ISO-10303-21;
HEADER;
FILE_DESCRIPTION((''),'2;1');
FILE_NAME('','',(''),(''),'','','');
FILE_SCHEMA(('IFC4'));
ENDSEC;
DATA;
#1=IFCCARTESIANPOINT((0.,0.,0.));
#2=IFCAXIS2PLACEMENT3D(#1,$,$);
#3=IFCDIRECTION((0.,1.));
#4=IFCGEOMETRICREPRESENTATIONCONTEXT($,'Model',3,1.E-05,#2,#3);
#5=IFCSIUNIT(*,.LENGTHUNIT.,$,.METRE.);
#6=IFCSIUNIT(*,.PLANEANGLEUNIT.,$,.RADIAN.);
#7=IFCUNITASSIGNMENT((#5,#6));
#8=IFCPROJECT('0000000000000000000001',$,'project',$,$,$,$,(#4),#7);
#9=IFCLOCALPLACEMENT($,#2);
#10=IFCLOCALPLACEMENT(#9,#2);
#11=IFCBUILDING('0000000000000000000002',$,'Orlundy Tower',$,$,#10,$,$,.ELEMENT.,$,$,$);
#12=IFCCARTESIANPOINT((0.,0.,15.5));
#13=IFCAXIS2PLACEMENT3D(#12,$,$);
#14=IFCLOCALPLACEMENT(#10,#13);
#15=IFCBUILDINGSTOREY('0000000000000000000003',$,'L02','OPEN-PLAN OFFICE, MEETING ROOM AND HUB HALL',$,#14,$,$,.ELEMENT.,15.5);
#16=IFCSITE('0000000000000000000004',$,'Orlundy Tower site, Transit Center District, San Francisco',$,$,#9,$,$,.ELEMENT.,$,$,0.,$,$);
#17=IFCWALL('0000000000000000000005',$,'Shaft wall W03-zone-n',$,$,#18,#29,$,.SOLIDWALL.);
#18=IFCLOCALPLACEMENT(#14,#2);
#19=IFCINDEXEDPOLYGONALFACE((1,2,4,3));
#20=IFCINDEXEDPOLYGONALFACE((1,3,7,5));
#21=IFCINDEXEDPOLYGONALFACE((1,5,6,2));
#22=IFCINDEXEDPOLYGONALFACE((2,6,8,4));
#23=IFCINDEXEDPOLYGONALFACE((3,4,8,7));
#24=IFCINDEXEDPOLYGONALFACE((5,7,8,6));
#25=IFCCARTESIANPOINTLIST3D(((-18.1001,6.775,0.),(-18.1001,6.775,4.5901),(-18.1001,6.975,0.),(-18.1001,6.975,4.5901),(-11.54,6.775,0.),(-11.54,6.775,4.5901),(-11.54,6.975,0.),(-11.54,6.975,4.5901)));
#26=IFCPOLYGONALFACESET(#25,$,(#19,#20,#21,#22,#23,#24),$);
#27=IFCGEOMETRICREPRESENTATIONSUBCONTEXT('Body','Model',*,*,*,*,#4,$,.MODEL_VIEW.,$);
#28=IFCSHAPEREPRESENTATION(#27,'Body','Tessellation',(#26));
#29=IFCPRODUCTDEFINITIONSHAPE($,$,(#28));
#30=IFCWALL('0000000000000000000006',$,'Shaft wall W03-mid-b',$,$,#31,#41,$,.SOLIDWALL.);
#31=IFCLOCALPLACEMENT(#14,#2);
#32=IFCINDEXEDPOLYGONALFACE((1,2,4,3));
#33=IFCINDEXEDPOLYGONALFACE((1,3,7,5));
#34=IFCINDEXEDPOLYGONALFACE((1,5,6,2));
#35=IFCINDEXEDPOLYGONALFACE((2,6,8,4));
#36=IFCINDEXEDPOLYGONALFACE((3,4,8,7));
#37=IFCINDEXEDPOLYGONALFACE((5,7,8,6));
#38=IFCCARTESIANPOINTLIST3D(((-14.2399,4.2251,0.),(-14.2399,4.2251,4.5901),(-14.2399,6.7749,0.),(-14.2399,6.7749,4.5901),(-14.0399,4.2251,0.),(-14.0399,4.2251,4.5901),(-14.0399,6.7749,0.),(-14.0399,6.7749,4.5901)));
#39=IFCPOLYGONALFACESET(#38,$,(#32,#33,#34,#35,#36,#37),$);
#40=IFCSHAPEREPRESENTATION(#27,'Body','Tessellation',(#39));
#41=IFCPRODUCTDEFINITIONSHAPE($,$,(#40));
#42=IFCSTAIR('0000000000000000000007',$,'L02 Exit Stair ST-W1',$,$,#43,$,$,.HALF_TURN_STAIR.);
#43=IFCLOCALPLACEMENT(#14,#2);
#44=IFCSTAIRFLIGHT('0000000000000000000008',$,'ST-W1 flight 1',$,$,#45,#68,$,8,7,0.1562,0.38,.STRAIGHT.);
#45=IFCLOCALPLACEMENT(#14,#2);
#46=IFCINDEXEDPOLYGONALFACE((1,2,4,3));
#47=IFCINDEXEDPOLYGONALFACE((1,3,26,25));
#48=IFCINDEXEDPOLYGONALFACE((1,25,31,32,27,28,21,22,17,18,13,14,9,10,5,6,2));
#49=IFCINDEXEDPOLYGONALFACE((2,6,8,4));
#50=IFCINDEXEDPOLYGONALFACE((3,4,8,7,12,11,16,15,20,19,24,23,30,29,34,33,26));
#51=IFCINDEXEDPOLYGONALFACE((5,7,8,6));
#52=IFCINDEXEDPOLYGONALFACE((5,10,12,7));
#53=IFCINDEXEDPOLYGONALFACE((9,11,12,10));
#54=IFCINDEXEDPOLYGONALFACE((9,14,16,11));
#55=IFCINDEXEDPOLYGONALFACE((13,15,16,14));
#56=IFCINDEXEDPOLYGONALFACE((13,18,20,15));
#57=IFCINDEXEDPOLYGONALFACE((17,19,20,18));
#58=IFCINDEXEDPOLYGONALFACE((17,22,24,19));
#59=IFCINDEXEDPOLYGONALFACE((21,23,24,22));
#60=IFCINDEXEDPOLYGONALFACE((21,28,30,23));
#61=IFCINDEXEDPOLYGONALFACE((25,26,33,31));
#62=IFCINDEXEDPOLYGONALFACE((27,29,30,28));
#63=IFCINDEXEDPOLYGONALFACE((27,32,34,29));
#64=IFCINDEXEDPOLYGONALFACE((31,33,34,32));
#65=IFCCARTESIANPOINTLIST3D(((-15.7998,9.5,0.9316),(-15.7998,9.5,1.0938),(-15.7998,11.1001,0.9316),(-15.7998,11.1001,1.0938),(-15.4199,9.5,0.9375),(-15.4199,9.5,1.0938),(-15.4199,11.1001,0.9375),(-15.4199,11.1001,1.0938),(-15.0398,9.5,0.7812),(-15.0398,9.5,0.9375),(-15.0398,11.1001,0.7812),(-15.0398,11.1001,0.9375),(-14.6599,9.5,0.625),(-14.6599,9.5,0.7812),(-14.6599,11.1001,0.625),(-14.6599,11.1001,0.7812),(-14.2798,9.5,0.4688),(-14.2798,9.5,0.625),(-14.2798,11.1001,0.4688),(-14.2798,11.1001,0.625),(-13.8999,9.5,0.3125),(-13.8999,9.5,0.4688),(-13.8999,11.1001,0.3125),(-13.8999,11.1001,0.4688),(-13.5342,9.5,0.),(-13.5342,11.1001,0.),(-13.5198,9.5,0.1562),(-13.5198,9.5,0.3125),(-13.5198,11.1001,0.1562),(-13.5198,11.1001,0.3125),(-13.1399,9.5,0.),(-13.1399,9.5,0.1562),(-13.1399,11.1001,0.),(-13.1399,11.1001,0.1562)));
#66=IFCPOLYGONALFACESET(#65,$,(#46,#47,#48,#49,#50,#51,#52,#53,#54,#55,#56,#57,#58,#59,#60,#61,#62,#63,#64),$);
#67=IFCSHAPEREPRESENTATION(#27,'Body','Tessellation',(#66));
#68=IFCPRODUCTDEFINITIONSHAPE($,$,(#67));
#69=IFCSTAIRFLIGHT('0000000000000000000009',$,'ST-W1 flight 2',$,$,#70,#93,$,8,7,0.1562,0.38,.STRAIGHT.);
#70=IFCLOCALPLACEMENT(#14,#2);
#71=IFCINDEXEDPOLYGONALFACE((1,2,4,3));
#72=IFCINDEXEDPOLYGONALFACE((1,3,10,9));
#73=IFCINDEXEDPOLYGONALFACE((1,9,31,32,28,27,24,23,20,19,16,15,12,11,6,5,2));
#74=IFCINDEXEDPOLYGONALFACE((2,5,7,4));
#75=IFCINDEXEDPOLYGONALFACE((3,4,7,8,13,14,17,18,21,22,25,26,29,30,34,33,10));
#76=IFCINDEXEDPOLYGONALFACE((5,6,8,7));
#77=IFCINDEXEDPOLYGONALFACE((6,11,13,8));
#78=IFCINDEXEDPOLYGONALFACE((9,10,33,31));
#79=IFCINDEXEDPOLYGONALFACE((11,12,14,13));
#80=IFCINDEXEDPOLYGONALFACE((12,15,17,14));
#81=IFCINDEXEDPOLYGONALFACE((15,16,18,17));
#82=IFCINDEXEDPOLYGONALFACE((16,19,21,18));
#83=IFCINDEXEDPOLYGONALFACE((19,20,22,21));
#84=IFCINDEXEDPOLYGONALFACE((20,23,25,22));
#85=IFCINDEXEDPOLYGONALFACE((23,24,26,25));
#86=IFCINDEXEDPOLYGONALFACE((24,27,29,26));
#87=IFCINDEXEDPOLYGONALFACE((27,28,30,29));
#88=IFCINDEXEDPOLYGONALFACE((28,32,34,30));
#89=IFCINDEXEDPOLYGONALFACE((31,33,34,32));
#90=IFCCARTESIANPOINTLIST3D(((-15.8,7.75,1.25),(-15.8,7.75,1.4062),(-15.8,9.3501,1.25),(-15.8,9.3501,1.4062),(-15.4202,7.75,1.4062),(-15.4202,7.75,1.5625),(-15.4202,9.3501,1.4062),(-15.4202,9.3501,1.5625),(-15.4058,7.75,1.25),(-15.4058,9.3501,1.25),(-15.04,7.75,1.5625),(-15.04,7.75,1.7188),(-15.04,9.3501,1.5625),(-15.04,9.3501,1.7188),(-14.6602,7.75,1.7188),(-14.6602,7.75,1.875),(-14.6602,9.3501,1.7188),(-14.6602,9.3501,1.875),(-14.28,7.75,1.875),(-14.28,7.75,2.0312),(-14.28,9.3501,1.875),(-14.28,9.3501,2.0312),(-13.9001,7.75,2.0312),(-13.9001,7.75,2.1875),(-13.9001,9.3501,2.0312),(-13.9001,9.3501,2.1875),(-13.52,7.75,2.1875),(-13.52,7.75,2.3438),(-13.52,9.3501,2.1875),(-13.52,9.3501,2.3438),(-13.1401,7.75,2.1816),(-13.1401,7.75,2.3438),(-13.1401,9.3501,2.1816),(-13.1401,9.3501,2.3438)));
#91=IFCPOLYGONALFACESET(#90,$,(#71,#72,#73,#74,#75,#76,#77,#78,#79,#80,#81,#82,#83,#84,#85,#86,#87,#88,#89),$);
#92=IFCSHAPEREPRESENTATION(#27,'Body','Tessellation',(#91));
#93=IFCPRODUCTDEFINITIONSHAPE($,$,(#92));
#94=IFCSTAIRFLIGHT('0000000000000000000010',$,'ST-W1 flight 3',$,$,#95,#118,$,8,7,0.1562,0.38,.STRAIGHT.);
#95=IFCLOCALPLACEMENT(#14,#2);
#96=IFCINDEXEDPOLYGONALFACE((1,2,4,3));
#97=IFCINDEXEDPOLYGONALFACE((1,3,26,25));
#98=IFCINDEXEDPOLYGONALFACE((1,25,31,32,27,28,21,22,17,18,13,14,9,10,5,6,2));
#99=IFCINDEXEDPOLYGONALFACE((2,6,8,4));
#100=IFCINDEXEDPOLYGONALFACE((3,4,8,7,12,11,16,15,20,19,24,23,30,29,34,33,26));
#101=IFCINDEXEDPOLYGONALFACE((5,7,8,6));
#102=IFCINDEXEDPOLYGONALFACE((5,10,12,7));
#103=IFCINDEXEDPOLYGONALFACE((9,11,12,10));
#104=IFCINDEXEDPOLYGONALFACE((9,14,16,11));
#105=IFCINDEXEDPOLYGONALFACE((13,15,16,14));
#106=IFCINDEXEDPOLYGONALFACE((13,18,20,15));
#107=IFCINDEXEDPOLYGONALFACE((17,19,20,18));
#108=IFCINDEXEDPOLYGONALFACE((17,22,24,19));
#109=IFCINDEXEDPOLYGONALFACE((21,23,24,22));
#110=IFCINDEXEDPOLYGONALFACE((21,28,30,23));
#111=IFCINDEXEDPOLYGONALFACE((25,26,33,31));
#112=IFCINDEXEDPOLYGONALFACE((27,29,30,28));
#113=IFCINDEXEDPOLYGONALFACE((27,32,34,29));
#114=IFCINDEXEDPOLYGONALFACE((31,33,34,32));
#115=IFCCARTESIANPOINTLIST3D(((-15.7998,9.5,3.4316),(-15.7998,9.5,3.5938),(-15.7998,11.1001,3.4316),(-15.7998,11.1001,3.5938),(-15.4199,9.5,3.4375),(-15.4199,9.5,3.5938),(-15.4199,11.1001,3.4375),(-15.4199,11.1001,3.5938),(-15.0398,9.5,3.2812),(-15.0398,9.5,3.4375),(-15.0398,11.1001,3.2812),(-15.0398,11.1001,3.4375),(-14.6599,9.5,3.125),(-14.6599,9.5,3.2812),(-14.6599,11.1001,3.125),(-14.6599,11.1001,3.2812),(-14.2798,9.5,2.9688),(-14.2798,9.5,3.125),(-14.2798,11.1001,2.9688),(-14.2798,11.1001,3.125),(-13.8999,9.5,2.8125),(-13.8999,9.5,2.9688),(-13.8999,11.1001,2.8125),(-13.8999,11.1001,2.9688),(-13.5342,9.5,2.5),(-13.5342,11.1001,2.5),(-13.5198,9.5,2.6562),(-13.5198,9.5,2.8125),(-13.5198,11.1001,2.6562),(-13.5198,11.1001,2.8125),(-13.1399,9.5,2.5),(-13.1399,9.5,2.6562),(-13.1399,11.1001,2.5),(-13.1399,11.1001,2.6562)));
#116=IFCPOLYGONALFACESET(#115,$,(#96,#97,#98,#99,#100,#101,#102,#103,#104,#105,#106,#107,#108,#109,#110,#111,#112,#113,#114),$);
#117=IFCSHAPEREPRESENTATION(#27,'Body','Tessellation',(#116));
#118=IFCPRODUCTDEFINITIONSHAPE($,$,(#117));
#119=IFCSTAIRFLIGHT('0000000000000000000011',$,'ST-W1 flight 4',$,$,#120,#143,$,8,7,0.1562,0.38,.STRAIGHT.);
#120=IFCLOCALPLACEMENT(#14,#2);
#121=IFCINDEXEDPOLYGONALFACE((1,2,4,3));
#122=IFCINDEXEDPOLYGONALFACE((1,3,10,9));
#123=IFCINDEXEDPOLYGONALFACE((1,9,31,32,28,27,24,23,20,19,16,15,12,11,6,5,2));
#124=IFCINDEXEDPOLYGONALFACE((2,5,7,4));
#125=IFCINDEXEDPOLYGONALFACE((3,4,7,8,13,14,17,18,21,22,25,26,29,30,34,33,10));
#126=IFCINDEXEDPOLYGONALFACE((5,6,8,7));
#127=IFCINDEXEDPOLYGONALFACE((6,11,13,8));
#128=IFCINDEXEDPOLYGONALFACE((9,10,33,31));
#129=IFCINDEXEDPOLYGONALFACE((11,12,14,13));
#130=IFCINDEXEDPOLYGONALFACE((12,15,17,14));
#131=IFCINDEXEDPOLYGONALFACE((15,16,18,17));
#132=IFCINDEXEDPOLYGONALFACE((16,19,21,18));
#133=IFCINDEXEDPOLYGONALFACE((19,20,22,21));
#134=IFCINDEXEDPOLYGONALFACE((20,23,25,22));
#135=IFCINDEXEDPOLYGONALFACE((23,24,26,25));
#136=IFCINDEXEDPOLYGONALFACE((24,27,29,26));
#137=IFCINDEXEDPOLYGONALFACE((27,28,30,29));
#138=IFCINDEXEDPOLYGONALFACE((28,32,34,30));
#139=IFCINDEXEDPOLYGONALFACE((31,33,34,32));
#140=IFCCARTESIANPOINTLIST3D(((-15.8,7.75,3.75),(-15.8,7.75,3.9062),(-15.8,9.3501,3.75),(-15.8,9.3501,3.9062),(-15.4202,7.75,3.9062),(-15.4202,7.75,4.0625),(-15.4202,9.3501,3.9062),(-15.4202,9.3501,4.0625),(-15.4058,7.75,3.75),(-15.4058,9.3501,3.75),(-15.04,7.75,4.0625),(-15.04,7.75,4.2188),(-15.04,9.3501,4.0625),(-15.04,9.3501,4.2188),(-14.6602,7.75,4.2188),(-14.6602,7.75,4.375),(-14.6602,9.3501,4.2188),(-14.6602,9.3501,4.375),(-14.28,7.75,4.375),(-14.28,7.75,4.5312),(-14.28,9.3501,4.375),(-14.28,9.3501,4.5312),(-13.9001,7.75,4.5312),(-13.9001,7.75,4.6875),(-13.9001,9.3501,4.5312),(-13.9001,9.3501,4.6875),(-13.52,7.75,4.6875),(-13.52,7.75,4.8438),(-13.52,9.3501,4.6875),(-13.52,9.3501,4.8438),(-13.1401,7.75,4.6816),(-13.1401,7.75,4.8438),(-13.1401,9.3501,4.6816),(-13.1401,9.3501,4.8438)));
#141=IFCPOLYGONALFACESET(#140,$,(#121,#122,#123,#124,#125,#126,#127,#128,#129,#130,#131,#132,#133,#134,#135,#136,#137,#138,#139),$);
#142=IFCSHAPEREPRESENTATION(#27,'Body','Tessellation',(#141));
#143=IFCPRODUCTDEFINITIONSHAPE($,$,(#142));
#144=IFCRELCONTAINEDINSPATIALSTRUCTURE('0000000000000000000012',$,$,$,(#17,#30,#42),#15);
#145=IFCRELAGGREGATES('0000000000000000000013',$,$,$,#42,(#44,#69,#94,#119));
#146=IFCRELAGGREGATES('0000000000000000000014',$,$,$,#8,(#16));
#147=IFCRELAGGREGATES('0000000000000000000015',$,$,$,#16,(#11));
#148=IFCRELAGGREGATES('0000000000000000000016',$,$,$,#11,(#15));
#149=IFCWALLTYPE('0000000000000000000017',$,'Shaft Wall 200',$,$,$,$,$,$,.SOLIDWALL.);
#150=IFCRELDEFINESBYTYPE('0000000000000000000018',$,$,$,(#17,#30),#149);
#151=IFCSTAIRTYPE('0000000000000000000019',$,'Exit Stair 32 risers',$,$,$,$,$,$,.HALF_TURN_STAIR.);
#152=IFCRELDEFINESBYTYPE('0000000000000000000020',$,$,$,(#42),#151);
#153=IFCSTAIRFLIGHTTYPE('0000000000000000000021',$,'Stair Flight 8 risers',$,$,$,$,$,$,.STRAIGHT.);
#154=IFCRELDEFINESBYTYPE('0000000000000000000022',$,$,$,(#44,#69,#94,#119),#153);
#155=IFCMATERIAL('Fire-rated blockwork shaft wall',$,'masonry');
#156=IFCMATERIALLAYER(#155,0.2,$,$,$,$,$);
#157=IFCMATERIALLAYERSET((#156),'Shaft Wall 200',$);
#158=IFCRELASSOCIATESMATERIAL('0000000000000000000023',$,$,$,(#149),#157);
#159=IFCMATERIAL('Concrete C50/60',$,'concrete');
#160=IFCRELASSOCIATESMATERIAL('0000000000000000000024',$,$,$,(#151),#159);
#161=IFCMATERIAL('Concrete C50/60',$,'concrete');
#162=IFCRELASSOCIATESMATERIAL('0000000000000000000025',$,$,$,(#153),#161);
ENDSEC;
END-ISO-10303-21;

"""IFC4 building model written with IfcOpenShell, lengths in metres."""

from ifc_helpers import new_model, si_unit, direction, frame, frame_2d, origin, place, context, subcontext, project, spatial, polyline, rectangle, outline, extrude, material, layer, layer_set, type_object, element, aggregate, save


model = new_model("IFC4")

# Units and contexts
model_context = context("Model", 3, precision=1e-05, world=origin(), true_north=direction((0.0, 1.0)))
body_context = subcontext(model_context, "Body", "Model", "MODEL_VIEW")
ifc_project = project(units=[si_unit("LENGTHUNIT", "METRE"), si_unit("PLANEANGLEUNIT", "RADIAN")], contexts=[model_context])

# Site, building, storey
site_placement = place(None, origin())
site = spatial("IfcSite", under=ifc_project, at=site_placement, Name="Orlundy Tower site, Transit Center District, San Francisco", CompositionType="ELEMENT", RefElevation=0.0)
building_placement = place(site_placement, origin())
building = spatial("IfcBuilding", under=site, at=building_placement, Name="Orlundy Tower", CompositionType="ELEMENT")
storey_placement = place(building_placement, frame((0.0, 0.0, 15.5)))
storey = spatial("IfcBuildingStorey", under=building, at=storey_placement, Name="L02", Description="OPEN-PLAN OFFICE, MEETING ROOM AND HUB HALL", CompositionType="ELEMENT", Elevation=15.5)

# Walls
ifc_material_1 = material(Name="Fire-rated blockwork shaft wall", Category="masonry")
ifc_layer_1 = layer(ifc_material_1, 0.2)
ifc_layer_set_1 = layer_set([ifc_layer_1], Name="Shaft Wall 200")
wall_type_1 = type_object("IfcWallType", Name="Shaft Wall 200", PredefinedType="SOLIDWALL", material=ifc_layer_set_1)
wall_1_placement = place(storey_placement, frame((-11.54, 6.875, 0.0), z_axis=(0.0, 0.0, 1.0), x_axis=(-1.0, 0.0, 0.0)))
element("IfcWall", 1, at=wall_1_placement, inside=storey, type_object=wall_type_1, Name="Shaft wall W03-zone-n", PredefinedType="SOLIDWALL", context=body_context, shape_type="SweptSolid", body=[
    extrude(rectangle(XDim=6.5601, YDim=0.2, at=frame_2d((3.28, 0.0))), origin(), (0.0, 0.0, 1.0), 4.5901),
])
wall_2_placement = place(storey_placement, frame((-14.1399, 4.2251, 0.0), z_axis=(0.0, 0.0, 1.0), x_axis=(0.0, 1.0, 0.0)))
element("IfcWall", 2, at=wall_2_placement, inside=storey, type_object=wall_type_1, Name="Shaft wall W03-mid-b", PredefinedType="SOLIDWALL", context=body_context, shape_type="SweptSolid", body=[
    extrude(rectangle(XDim=2.5498, YDim=0.2, at=frame_2d((1.2749, 0.0))), origin(), (0.0, 0.0, 1.0), 4.5901),
])

# Stair, stair flights
ifc_material_2 = material(Name="Concrete C50/60", Category="concrete")
stair_type = type_object("IfcStairType", Name="Exit Stair 32 risers", PredefinedType="HALF_TURN_STAIR", material=ifc_material_2)
stair_placement = place(storey_placement, origin())
stair = element("IfcStair", 3, at=stair_placement, inside=storey, type_object=stair_type, Name="L02 Exit Stair ST-W1", PredefinedType="HALF_TURN_STAIR")
ifc_material_3 = material(Name="Concrete C50/60", Category="concrete")
stair_flight_type = type_object("IfcStairFlightType", Name="Stair Flight 8 risers", PredefinedType="STRAIGHT", material=ifc_material_3)
stair_flight_1_placement = place(storey_placement, frame((-13.1399, 10.3, 0.0), z_axis=(0.0, 0.0, 1.0), x_axis=(-1.0, 0.0, 0.0)))
stair_flight_1 = element("IfcStairFlight", 4, at=stair_flight_1_placement, type_object=stair_flight_type, Name="ST-W1 flight 1", NumberOfRisers=8, NumberOfTreads=7, PredefinedType="STRAIGHT", RiserHeight=0.1562, TreadLength=0.38, context=body_context, shape_type="SweptSolid", body=[
    extrude(outline(polyline([(0.0, 0.0), (0.0, 0.1562), (0.3799, 0.1562), (0.3799, 0.3125), (0.76, 0.3125), (0.76, 0.4688), (1.1399, 0.4688), (1.1399, 0.625), (1.52, 0.625), (1.52, 0.7812), (1.8999, 0.7812), (1.8999, 0.9375), (2.28, 0.9375), (2.28, 1.0938), (2.6599, 1.0938), (2.6599, 1.25), (2.6599, 0.9316), (0.3943, 0.0), (0.0, 0.0)])), frame((0.0, 0.8, 0.0), z_axis=(0.0, -1.0, 0.0), x_axis=(1.0, 0.0, 0.0)), (0.0, 0.0, 1.0), 1.6001),
])
stair_flight_2_placement = place(storey_placement, frame((-15.8, 8.55, 1.25), z_axis=(0.0, 0.0, 1.0), x_axis=(1.0, 0.0, 0.0)))
stair_flight_2 = element("IfcStairFlight", 5, at=stair_flight_2_placement, type_object=stair_flight_type, Name="ST-W1 flight 2", NumberOfRisers=8, NumberOfTreads=7, PredefinedType="STRAIGHT", RiserHeight=0.1562, TreadLength=0.38, context=body_context, shape_type="SweptSolid", body=[
    extrude(outline(polyline([(0.0, 0.0), (0.0, 0.1562), (0.3799, 0.1562), (0.3799, 0.3125), (0.76, 0.3125), (0.76, 0.4688), (1.1399, 0.4688), (1.1399, 0.625), (1.52, 0.625), (1.52, 0.7812), (1.8999, 0.7812), (1.8999, 0.9375), (2.28, 0.9375), (2.28, 1.0938), (2.6599, 1.0938), (2.6599, 1.25), (2.6599, 0.9316), (0.3943, 0.0), (0.0, 0.0)])), frame((0.0, 0.8, 0.0), z_axis=(0.0, -1.0, 0.0), x_axis=(1.0, 0.0, 0.0)), (0.0, 0.0, 1.0), 1.6001),
])
stair_flight_3_placement = place(storey_placement, frame((-13.1399, 10.3, 2.5), z_axis=(0.0, 0.0, 1.0), x_axis=(-1.0, 0.0, 0.0)))
stair_flight_3 = element("IfcStairFlight", 6, at=stair_flight_3_placement, type_object=stair_flight_type, Name="ST-W1 flight 3", NumberOfRisers=8, NumberOfTreads=7, PredefinedType="STRAIGHT", RiserHeight=0.1562, TreadLength=0.38, context=body_context, shape_type="SweptSolid", body=[
    extrude(outline(polyline([(0.0, 0.0), (0.0, 0.1562), (0.3799, 0.1562), (0.3799, 0.3125), (0.76, 0.3125), (0.76, 0.4688), (1.1399, 0.4688), (1.1399, 0.625), (1.52, 0.625), (1.52, 0.7812), (1.8999, 0.7812), (1.8999, 0.9375), (2.28, 0.9375), (2.28, 1.0938), (2.6599, 1.0938), (2.6599, 1.25), (2.6599, 0.9316), (0.3943, 0.0), (0.0, 0.0)])), frame((0.0, 0.8, 0.0), z_axis=(0.0, -1.0, 0.0), x_axis=(1.0, 0.0, 0.0)), (0.0, 0.0, 1.0), 1.6001),
])
stair_flight_4_placement = place(storey_placement, frame((-15.8, 8.55, 3.75), z_axis=(0.0, 0.0, 1.0), x_axis=(1.0, 0.0, 0.0)))
stair_flight_4 = element("IfcStairFlight", 7, at=stair_flight_4_placement, type_object=stair_flight_type, Name="ST-W1 flight 4", NumberOfRisers=8, NumberOfTreads=7, PredefinedType="STRAIGHT", RiserHeight=0.1562, TreadLength=0.38, context=body_context, shape_type="SweptSolid", body=[
    extrude(outline(polyline([(0.0, 0.0), (0.0, 0.1562), (0.3799, 0.1562), (0.3799, 0.3125), (0.76, 0.3125), (0.76, 0.4688), (1.1399, 0.4688), (1.1399, 0.625), (1.52, 0.625), (1.52, 0.7812), (1.8999, 0.7812), (1.8999, 0.9375), (2.28, 0.9375), (2.28, 1.0938), (2.6599, 1.0938), (2.6599, 1.25), (2.6599, 0.9316), (0.3943, 0.0), (0.0, 0.0)])), frame((0.0, 0.8, 0.0), z_axis=(0.0, -1.0, 0.0), x_axis=(1.0, 0.0, 0.0)), (0.0, 0.0, 1.0), 1.6001),
])
aggregate(stair, [stair_flight_1, stair_flight_2, stair_flight_3, stair_flight_4])

save(model, "model.ifc")
